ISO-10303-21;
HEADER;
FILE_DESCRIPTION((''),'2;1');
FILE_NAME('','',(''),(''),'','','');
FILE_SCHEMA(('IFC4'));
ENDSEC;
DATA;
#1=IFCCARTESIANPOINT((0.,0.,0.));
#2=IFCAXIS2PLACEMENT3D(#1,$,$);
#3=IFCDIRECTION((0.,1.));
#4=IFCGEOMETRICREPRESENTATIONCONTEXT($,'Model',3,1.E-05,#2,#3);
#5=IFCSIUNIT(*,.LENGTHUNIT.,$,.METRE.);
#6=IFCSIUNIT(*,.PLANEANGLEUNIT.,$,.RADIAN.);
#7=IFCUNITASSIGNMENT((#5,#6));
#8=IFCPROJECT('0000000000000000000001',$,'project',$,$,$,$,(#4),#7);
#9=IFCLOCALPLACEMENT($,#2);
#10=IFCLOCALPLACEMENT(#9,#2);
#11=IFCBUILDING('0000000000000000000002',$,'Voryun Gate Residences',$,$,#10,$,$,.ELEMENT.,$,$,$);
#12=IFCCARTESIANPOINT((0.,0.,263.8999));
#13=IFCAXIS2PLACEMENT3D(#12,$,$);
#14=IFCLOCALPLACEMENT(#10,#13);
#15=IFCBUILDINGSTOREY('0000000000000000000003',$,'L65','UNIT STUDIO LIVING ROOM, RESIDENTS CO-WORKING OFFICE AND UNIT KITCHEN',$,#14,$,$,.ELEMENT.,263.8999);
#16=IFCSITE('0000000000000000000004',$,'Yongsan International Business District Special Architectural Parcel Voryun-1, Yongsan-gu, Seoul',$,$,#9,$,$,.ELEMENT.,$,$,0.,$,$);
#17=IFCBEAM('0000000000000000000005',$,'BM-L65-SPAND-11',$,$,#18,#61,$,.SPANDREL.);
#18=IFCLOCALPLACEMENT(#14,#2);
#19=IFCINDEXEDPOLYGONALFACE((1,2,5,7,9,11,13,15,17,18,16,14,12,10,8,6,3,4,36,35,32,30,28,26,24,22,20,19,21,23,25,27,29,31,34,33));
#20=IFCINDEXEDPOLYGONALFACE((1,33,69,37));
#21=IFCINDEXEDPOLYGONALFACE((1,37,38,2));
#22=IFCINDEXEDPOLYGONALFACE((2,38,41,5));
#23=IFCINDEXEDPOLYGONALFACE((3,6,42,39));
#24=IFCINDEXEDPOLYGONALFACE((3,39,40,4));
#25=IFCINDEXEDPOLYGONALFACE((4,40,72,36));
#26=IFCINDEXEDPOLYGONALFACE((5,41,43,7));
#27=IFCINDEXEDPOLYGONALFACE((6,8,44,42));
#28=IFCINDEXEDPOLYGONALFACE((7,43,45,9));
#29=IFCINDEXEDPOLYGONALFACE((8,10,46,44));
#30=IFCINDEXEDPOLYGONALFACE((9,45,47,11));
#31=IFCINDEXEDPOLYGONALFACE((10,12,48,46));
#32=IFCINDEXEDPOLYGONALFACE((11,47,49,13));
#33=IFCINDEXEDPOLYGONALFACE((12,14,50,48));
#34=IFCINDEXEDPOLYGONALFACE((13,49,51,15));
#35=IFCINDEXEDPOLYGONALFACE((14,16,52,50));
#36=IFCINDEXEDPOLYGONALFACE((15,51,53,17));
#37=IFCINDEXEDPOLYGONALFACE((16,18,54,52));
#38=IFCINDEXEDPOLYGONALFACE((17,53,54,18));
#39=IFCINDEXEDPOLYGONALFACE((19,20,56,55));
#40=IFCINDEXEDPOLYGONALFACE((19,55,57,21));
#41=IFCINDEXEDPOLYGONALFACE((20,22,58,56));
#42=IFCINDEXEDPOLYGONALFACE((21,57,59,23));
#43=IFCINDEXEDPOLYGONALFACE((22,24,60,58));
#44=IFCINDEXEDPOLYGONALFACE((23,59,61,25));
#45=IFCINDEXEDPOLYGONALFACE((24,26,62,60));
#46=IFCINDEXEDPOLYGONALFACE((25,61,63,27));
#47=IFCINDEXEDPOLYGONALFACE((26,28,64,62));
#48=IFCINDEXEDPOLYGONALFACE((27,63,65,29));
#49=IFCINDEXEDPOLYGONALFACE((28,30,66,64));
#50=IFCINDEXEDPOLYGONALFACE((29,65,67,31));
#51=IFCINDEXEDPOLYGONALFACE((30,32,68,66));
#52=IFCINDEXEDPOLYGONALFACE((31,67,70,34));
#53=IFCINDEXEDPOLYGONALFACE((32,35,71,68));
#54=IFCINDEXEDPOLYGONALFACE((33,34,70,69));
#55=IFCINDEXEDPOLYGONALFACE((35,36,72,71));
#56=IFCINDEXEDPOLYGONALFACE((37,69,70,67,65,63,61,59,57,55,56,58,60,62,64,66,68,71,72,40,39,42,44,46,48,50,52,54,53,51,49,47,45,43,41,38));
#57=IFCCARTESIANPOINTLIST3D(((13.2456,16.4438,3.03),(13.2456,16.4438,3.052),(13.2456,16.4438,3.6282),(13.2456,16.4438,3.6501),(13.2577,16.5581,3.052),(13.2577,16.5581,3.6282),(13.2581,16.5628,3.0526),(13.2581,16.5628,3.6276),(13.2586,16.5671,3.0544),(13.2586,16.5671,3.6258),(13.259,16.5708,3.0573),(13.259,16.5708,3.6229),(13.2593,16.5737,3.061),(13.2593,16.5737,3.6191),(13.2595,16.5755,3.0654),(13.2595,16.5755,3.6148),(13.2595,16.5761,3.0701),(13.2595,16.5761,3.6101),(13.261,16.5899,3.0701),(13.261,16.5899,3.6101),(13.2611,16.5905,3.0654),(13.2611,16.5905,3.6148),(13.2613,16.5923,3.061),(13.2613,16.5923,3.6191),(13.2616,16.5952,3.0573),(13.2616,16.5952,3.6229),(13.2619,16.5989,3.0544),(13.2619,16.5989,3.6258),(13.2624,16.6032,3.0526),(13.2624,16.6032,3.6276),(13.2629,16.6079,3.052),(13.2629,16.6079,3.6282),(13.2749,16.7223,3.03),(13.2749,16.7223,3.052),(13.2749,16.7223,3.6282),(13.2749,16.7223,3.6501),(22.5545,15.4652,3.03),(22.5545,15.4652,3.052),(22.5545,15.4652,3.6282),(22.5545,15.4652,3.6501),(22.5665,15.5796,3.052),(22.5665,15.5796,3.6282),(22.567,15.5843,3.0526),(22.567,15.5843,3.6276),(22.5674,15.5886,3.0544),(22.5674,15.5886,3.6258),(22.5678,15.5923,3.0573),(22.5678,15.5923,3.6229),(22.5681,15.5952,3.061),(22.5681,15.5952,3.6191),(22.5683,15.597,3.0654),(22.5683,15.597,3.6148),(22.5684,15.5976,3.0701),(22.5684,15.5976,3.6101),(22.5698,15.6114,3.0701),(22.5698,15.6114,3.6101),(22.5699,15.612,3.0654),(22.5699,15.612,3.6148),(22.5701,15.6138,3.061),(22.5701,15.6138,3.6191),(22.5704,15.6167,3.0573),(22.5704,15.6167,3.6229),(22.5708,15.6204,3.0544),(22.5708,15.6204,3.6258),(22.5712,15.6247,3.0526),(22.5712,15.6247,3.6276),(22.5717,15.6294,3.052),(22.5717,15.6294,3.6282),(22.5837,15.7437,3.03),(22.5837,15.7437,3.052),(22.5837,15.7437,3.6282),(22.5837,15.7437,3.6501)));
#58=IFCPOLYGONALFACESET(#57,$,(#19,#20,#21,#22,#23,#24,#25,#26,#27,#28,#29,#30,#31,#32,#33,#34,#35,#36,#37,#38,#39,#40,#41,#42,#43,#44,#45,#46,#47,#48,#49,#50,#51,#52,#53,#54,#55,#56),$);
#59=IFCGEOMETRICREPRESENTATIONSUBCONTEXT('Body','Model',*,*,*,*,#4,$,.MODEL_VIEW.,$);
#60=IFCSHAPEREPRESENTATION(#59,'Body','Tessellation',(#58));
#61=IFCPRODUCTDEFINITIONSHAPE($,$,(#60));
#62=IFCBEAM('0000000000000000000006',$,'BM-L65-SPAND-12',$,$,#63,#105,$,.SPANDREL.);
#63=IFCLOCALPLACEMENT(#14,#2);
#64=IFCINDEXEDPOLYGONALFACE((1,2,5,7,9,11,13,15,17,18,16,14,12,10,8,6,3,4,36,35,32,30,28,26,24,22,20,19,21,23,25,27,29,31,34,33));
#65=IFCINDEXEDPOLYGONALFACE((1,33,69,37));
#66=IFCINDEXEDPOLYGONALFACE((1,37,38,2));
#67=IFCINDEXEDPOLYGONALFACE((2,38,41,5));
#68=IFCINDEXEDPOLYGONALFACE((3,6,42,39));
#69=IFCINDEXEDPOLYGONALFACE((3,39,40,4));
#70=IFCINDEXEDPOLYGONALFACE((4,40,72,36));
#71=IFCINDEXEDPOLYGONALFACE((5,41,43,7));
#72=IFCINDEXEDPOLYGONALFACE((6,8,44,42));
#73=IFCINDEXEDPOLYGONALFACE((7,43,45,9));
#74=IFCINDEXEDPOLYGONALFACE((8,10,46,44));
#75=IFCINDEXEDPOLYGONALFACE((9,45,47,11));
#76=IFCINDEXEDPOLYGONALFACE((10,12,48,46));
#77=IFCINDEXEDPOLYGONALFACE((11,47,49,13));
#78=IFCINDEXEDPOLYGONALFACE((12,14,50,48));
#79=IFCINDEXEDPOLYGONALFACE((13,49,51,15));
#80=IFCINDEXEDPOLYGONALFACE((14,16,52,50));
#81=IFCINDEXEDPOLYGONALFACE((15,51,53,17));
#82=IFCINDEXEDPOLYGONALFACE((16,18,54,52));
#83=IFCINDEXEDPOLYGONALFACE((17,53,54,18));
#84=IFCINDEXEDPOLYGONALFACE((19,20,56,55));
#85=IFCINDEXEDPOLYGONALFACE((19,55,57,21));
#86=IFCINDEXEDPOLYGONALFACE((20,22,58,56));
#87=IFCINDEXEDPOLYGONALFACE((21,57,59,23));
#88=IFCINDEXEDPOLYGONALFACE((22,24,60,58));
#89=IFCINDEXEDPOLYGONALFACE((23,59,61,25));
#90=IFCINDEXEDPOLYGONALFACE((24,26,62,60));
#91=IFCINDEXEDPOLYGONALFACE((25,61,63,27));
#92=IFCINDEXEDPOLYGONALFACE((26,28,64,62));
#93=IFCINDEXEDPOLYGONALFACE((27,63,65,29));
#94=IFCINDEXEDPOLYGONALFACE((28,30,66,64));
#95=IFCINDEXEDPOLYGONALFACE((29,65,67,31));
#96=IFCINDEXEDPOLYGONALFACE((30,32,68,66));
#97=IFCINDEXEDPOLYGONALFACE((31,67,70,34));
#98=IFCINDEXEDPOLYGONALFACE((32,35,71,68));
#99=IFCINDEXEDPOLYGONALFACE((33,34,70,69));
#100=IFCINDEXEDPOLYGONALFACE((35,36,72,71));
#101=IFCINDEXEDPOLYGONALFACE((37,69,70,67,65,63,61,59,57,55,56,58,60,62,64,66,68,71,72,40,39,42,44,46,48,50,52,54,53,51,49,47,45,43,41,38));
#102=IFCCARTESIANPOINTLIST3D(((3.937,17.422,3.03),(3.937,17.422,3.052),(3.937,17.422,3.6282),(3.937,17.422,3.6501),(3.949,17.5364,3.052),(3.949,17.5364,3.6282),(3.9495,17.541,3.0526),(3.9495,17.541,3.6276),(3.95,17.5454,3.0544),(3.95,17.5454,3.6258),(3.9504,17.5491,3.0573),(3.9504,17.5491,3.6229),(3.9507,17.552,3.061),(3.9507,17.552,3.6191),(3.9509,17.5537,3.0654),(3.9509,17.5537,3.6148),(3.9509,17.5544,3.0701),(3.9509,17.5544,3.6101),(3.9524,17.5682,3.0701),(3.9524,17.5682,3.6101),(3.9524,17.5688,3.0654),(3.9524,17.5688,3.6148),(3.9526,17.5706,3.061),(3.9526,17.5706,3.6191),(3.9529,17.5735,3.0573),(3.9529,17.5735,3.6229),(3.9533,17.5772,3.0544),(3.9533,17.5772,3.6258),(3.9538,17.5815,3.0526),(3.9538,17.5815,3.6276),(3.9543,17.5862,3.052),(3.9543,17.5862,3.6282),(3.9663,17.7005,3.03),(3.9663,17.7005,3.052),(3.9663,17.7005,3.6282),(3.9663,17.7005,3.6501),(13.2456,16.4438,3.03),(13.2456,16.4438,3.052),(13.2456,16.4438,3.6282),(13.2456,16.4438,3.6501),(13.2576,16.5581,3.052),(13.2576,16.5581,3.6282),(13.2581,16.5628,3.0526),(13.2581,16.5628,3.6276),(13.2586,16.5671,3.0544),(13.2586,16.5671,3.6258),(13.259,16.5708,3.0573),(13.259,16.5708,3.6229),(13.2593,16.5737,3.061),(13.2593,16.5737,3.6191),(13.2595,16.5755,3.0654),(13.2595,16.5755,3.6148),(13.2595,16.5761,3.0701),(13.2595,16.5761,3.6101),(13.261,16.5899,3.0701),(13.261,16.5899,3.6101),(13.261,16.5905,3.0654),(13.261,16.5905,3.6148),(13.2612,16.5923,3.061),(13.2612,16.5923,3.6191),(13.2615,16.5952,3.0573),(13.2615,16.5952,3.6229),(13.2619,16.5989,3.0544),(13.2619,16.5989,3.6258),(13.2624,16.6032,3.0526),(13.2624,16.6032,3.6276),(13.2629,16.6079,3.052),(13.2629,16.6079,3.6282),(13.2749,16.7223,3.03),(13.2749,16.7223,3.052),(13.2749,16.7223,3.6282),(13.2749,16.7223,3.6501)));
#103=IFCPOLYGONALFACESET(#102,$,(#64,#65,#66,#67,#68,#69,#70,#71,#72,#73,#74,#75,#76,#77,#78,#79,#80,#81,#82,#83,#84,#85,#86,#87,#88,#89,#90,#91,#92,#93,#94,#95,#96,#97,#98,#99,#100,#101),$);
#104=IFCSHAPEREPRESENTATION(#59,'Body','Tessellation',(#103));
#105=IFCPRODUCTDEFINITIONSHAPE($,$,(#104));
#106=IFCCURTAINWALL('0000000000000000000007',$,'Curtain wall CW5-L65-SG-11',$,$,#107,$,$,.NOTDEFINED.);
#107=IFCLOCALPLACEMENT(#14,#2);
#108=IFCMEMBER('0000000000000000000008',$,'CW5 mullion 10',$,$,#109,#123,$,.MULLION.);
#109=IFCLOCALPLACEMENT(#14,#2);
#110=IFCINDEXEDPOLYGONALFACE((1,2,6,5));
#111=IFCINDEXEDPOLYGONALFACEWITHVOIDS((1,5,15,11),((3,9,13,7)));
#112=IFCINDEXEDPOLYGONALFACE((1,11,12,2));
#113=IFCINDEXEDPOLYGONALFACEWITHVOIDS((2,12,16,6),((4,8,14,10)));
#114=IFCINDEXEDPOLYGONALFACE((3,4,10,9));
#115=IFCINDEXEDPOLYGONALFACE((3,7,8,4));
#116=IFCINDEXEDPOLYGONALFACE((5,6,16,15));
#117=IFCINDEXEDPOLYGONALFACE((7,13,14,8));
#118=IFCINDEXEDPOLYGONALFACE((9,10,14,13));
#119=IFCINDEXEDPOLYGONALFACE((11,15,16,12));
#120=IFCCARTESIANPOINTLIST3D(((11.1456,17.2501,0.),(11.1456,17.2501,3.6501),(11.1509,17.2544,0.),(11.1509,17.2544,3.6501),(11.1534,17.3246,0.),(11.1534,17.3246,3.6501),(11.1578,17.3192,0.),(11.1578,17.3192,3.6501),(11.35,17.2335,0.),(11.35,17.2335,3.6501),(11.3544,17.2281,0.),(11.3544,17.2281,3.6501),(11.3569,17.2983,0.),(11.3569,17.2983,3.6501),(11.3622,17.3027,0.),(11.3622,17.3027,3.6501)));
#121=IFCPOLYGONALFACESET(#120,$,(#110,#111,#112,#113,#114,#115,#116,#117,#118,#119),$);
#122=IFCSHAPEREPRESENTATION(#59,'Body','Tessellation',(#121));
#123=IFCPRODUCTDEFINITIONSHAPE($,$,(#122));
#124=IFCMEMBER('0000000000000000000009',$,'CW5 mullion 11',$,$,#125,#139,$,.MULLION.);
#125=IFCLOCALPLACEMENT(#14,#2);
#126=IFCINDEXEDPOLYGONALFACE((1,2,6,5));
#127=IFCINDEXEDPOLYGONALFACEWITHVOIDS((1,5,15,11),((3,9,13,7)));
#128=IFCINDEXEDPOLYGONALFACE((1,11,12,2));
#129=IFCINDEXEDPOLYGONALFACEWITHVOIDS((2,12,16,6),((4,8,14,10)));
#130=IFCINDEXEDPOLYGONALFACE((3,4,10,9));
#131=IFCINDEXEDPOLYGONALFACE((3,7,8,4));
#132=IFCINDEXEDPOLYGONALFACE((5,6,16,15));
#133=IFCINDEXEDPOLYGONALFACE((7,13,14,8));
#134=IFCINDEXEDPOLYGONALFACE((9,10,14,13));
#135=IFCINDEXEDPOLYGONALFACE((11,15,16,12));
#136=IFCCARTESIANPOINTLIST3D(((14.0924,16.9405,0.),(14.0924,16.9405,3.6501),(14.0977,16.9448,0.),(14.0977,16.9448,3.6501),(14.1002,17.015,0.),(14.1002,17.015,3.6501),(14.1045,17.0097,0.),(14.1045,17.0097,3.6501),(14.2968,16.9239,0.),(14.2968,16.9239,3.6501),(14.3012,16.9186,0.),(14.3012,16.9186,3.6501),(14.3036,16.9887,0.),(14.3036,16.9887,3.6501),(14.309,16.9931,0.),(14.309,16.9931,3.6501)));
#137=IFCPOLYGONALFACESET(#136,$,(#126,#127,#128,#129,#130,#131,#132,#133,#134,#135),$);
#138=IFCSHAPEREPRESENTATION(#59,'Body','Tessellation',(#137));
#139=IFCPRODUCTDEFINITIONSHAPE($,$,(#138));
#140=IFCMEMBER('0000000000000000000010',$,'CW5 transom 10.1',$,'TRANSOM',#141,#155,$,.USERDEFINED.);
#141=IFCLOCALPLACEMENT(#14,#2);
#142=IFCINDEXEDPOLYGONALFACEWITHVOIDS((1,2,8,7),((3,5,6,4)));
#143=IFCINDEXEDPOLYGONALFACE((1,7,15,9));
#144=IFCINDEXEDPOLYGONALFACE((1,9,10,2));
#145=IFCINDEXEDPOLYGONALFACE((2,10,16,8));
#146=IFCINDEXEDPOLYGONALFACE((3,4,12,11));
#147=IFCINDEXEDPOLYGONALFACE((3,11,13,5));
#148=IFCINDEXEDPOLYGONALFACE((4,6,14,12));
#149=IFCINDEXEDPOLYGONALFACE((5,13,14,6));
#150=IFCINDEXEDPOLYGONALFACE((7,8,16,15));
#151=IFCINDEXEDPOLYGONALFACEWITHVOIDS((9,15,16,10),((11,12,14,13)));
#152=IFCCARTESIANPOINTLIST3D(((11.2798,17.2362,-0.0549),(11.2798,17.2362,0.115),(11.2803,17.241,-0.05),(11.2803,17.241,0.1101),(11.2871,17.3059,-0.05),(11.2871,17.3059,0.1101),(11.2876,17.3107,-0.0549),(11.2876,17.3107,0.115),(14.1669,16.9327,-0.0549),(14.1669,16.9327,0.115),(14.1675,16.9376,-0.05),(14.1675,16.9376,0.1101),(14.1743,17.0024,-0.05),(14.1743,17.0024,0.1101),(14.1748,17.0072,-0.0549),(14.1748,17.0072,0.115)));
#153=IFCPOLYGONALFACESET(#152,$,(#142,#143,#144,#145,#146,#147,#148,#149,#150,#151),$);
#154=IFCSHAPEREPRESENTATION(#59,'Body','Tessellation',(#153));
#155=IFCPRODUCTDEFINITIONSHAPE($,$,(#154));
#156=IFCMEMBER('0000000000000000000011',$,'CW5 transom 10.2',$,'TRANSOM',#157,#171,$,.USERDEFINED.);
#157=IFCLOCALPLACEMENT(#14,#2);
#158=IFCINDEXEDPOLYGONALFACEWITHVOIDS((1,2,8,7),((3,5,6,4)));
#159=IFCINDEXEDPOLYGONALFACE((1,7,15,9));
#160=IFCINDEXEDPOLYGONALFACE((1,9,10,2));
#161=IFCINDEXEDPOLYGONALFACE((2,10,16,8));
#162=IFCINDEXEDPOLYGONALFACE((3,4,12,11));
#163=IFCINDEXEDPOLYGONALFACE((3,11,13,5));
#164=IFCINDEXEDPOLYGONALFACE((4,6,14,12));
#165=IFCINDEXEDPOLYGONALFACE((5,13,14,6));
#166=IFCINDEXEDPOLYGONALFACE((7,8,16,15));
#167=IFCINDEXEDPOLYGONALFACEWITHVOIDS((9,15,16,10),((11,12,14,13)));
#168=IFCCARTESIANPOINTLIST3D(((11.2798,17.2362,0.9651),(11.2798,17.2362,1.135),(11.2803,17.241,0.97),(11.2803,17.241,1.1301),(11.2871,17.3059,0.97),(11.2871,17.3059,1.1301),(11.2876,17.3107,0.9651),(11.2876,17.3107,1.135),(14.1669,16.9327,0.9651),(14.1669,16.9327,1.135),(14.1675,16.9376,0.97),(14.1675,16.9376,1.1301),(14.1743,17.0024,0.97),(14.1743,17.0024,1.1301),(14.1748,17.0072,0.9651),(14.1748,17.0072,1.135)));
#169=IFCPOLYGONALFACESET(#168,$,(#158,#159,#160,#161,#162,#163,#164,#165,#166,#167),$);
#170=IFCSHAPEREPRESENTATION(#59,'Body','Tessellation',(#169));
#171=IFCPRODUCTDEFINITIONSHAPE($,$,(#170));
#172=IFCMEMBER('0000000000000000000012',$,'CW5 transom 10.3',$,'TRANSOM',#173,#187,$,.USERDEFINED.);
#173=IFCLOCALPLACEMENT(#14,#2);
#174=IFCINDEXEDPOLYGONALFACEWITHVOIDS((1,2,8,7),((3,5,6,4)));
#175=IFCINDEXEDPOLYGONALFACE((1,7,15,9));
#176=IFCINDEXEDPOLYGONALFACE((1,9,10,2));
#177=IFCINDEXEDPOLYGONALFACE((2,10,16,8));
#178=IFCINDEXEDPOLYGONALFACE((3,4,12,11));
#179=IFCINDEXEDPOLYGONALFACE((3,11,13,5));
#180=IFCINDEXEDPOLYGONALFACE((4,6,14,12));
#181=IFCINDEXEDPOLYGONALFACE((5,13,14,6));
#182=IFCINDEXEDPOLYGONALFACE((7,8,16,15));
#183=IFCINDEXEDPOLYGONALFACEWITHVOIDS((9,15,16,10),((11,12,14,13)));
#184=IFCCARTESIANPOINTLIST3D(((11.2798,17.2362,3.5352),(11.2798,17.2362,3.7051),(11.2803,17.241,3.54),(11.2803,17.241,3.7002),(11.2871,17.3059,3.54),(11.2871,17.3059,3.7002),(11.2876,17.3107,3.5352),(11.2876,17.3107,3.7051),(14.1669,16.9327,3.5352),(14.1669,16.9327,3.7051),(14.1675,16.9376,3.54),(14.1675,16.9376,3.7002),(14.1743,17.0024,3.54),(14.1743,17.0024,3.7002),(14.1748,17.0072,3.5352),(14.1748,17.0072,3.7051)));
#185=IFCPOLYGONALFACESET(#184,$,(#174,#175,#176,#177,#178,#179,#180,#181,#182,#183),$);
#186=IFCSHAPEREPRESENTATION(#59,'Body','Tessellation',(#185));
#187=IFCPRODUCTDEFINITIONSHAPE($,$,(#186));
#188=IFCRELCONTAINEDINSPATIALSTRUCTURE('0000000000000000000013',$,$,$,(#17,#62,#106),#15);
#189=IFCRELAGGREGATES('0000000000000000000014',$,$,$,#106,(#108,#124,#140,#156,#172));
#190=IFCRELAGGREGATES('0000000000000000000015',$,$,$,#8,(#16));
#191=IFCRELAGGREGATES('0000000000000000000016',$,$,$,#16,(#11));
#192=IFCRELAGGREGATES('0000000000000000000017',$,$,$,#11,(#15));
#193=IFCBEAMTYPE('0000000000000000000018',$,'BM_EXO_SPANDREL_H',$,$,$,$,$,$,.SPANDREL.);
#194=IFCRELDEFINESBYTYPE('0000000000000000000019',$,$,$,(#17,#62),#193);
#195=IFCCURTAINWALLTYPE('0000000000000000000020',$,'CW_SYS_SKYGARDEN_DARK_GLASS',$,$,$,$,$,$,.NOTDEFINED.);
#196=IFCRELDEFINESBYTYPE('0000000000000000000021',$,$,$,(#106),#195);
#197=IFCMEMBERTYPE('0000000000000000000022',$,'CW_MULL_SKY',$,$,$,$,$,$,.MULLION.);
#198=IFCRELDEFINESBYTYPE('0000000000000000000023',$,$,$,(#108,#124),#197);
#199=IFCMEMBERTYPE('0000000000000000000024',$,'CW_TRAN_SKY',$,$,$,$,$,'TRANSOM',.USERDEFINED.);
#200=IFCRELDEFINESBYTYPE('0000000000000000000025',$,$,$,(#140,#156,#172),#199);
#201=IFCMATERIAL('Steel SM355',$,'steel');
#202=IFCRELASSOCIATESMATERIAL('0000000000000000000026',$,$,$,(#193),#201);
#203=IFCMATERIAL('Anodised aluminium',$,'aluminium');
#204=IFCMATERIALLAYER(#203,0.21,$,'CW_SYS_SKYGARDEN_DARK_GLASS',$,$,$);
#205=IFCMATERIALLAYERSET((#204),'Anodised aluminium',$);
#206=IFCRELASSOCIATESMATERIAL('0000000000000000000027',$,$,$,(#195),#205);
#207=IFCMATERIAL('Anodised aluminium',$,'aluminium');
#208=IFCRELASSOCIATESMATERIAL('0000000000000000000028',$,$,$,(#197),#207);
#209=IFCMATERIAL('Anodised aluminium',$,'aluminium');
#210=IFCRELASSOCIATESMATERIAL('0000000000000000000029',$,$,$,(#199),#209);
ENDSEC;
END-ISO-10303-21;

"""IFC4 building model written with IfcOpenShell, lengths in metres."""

from ifc_helpers import new_model, si_unit, direction, frame, origin, origin_2d, place, context, subcontext, project, spatial, hollow_rectangle, i_section, extrude, material, layer, layer_set, material_profile, profile_set, type_object, element, aggregate, save


model = new_model("IFC4")

# Units and contexts
model_context = context("Model", 3, precision=1e-05, world=origin(), true_north=direction((0.0, 1.0)))
body_context = subcontext(model_context, "Body", "Model", "MODEL_VIEW")
ifc_project = project(units=[si_unit("LENGTHUNIT", "METRE"), si_unit("PLANEANGLEUNIT", "RADIAN")], contexts=[model_context])

# Site, building, storey
site_placement = place(None, origin())
site = spatial("IfcSite", under=ifc_project, at=site_placement, Name="Yongsan International Business District Special Architectural Parcel Voryun-1, Yongsan-gu, Seoul", CompositionType="ELEMENT", RefElevation=0.0)
building_placement = place(site_placement, origin())
building = spatial("IfcBuilding", under=site, at=building_placement, Name="Voryun Gate Residences", CompositionType="ELEMENT")
storey_placement = place(building_placement, frame((0.0, 0.0, 263.8999)))
storey = spatial("IfcBuildingStorey", under=building, at=storey_placement, Name="L65", Description="UNIT STUDIO LIVING ROOM, RESIDENTS CO-WORKING OFFICE AND UNIT KITCHEN", CompositionType="ELEMENT", Elevation=263.8999)

# Beams
ifc_material_1 = material(Name="Steel SM355", Category="steel")
ifc_material_profile_1 = material_profile(ifc_material_1, i_section(OverallWidth=0.28, OverallDepth=0.6201, WebThickness=0.0139, FlangeThickness=0.022, FilletRadius=0.0181, at=origin_2d()), Name="H-620x280x14x22")
ifc_profile_set_1 = profile_set([ifc_material_profile_1], Name="Steel SM355")
beam_type = type_object("IfcBeamType", Name="BM_EXO_SPANDREL_H", PredefinedType="SPANDREL", material=ifc_profile_set_1)
beam_1_placement = place(storey_placement, frame((22.5691, 15.6045, 3.3401), z_axis=(-0.994521, 0.104541, 0.0), x_axis=(-0.104541, -0.994521, 0.0)))
element("IfcBeam", 1, at=beam_1_placement, inside=storey, type_object=beam_type, Name="BM-L65-SPAND-11", PredefinedType="SPANDREL", context=body_context, shape_type="SweptSolid", body=[
    extrude(i_section(OverallWidth=0.28, OverallDepth=0.6201, WebThickness=0.0139, FlangeThickness=0.022, FilletRadius=0.0181, at=origin_2d()), origin(), (0.0, 0.0, 1.0), 9.3601),
])
beam_2_placement = place(storey_placement, frame((13.2603, 16.583, 3.3401), z_axis=(-0.994523, 0.104518, 0.0), x_axis=(-0.104518, -0.994523, 0.0)))
element("IfcBeam", 2, at=beam_2_placement, inside=storey, type_object=beam_type, Name="BM-L65-SPAND-12", PredefinedType="SPANDREL", context=body_context, shape_type="SweptSolid", body=[
    extrude(i_section(OverallWidth=0.28, OverallDepth=0.6201, WebThickness=0.0139, FlangeThickness=0.022, FilletRadius=0.0181, at=origin_2d()), origin(), (0.0, 0.0, 1.0), 9.3599),
])

# Curtain wall, members
ifc_material_2 = material(Name="Anodised aluminium", Category="aluminium")
ifc_layer_1 = layer(ifc_material_2, 0.21, Name="CW_SYS_SKYGARDEN_DARK_GLASS")
ifc_layer_set_1 = layer_set([ifc_layer_1], Name="Anodised aluminium")
curtain_wall_type = type_object("IfcCurtainWallType", Name="CW_SYS_SKYGARDEN_DARK_GLASS", PredefinedType="NOTDEFINED", material=ifc_layer_set_1)
curtain_wall_placement = place(storey_placement, origin())
curtain_wall = element("IfcCurtainWall", 3, at=curtain_wall_placement, inside=storey, type_object=curtain_wall_type, Name="Curtain wall CW5-L65-SG-11", PredefinedType="NOTDEFINED")
ifc_material_3 = material(Name="Anodised aluminium", Category="aluminium")
ifc_material_profile_2 = material_profile(ifc_material_3, hollow_rectangle(XDim=0.075, YDim=0.21, WallThickness=0.0049, at=origin_2d()), Name="ALU-MULL-210x75x5")
ifc_profile_set_2 = profile_set([ifc_material_profile_2], Name="Anodised aluminium")
member_type_1 = type_object("IfcMemberType", Name="CW_MULL_SKY", PredefinedType="MULLION", material=ifc_profile_set_2)
member_1_placement = place(storey_placement, frame((11.2539, 17.2764, 0.0), z_axis=(0.0, 0.0, 1.0), x_axis=(0.104532, 0.994521, 0.0)))
member_1 = element("IfcMember", 4, at=member_1_placement, type_object=member_type_1, Name="CW5 mullion 10", PredefinedType="MULLION", context=body_context, shape_type="SweptSolid", body=[
    extrude(hollow_rectangle(XDim=0.075, YDim=0.21, WallThickness=0.0049, at=origin_2d()), origin(), (0.0, 0.0, 1.0), 3.6501),
])
member_2_placement = place(storey_placement, frame((14.2007, 16.9668, 0.0), z_axis=(0.0, 0.0, 1.0), x_axis=(0.104532, 0.994521, 0.0)))
member_2 = element("IfcMember", 5, at=member_2_placement, type_object=member_type_1, Name="CW5 mullion 11", PredefinedType="MULLION", context=body_context, shape_type="SweptSolid", body=[
    extrude(hollow_rectangle(XDim=0.075, YDim=0.21, WallThickness=0.0049, at=origin_2d()), origin(), (0.0, 0.0, 1.0), 3.6501),
])
ifc_material_4 = material(Name="Anodised aluminium", Category="aluminium")
ifc_material_profile_3 = material_profile(ifc_material_4, hollow_rectangle(XDim=0.075, YDim=0.1699, WallThickness=0.0049, at=origin_2d()), Name="ALU-TRAN-170x75x5")
ifc_profile_set_3 = profile_set([ifc_material_profile_3], Name="Anodised aluminium")
member_type_2 = type_object("IfcMemberType", Name="CW_TRAN_SKY", ElementType="TRANSOM", PredefinedType="USERDEFINED", material=ifc_profile_set_3)
member_3_placement = place(storey_placement, frame((11.2837, 17.2734, 0.03), z_axis=(0.994522, -0.104532, 0.0), x_axis=(0.104532, 0.994522, 0.0)))
member_3 = element("IfcMember", 6, at=member_3_placement, type_object=member_type_2, Name="CW5 transom 10.1", ObjectType="TRANSOM", PredefinedType="USERDEFINED", context=body_context, shape_type="SweptSolid", body=[
    extrude(hollow_rectangle(XDim=0.075, YDim=0.1699, WallThickness=0.0049, at=origin_2d()), origin(), (0.0, 0.0, 1.0), 2.9031),
])
member_4_placement = place(storey_placement, frame((11.2837, 17.2734, 1.05), z_axis=(0.994522, -0.104532, 0.0), x_axis=(0.104532, 0.994522, 0.0)))
member_4 = element("IfcMember", 7, at=member_4_placement, type_object=member_type_2, Name="CW5 transom 10.2", ObjectType="TRANSOM", PredefinedType="USERDEFINED", context=body_context, shape_type="SweptSolid", body=[
    extrude(hollow_rectangle(XDim=0.075, YDim=0.1699, WallThickness=0.0049, at=origin_2d()), origin(), (0.0, 0.0, 1.0), 2.9031),
])
member_5_placement = place(storey_placement, frame((11.2837, 17.2734, 3.6201), z_axis=(0.994522, -0.104532, 0.0), x_axis=(0.104532, 0.994522, 0.0)))
member_5 = element("IfcMember", 8, at=member_5_placement, type_object=member_type_2, Name="CW5 transom 10.3", ObjectType="TRANSOM", PredefinedType="USERDEFINED", context=body_context, shape_type="SweptSolid", body=[
    extrude(hollow_rectangle(XDim=0.075, YDim=0.1699, WallThickness=0.0049, at=origin_2d()), origin(), (0.0, 0.0, 1.0), 2.9031),
])
aggregate(curtain_wall, [member_1, member_2, member_3, member_4, member_5])

save(model, "model.ifc")
